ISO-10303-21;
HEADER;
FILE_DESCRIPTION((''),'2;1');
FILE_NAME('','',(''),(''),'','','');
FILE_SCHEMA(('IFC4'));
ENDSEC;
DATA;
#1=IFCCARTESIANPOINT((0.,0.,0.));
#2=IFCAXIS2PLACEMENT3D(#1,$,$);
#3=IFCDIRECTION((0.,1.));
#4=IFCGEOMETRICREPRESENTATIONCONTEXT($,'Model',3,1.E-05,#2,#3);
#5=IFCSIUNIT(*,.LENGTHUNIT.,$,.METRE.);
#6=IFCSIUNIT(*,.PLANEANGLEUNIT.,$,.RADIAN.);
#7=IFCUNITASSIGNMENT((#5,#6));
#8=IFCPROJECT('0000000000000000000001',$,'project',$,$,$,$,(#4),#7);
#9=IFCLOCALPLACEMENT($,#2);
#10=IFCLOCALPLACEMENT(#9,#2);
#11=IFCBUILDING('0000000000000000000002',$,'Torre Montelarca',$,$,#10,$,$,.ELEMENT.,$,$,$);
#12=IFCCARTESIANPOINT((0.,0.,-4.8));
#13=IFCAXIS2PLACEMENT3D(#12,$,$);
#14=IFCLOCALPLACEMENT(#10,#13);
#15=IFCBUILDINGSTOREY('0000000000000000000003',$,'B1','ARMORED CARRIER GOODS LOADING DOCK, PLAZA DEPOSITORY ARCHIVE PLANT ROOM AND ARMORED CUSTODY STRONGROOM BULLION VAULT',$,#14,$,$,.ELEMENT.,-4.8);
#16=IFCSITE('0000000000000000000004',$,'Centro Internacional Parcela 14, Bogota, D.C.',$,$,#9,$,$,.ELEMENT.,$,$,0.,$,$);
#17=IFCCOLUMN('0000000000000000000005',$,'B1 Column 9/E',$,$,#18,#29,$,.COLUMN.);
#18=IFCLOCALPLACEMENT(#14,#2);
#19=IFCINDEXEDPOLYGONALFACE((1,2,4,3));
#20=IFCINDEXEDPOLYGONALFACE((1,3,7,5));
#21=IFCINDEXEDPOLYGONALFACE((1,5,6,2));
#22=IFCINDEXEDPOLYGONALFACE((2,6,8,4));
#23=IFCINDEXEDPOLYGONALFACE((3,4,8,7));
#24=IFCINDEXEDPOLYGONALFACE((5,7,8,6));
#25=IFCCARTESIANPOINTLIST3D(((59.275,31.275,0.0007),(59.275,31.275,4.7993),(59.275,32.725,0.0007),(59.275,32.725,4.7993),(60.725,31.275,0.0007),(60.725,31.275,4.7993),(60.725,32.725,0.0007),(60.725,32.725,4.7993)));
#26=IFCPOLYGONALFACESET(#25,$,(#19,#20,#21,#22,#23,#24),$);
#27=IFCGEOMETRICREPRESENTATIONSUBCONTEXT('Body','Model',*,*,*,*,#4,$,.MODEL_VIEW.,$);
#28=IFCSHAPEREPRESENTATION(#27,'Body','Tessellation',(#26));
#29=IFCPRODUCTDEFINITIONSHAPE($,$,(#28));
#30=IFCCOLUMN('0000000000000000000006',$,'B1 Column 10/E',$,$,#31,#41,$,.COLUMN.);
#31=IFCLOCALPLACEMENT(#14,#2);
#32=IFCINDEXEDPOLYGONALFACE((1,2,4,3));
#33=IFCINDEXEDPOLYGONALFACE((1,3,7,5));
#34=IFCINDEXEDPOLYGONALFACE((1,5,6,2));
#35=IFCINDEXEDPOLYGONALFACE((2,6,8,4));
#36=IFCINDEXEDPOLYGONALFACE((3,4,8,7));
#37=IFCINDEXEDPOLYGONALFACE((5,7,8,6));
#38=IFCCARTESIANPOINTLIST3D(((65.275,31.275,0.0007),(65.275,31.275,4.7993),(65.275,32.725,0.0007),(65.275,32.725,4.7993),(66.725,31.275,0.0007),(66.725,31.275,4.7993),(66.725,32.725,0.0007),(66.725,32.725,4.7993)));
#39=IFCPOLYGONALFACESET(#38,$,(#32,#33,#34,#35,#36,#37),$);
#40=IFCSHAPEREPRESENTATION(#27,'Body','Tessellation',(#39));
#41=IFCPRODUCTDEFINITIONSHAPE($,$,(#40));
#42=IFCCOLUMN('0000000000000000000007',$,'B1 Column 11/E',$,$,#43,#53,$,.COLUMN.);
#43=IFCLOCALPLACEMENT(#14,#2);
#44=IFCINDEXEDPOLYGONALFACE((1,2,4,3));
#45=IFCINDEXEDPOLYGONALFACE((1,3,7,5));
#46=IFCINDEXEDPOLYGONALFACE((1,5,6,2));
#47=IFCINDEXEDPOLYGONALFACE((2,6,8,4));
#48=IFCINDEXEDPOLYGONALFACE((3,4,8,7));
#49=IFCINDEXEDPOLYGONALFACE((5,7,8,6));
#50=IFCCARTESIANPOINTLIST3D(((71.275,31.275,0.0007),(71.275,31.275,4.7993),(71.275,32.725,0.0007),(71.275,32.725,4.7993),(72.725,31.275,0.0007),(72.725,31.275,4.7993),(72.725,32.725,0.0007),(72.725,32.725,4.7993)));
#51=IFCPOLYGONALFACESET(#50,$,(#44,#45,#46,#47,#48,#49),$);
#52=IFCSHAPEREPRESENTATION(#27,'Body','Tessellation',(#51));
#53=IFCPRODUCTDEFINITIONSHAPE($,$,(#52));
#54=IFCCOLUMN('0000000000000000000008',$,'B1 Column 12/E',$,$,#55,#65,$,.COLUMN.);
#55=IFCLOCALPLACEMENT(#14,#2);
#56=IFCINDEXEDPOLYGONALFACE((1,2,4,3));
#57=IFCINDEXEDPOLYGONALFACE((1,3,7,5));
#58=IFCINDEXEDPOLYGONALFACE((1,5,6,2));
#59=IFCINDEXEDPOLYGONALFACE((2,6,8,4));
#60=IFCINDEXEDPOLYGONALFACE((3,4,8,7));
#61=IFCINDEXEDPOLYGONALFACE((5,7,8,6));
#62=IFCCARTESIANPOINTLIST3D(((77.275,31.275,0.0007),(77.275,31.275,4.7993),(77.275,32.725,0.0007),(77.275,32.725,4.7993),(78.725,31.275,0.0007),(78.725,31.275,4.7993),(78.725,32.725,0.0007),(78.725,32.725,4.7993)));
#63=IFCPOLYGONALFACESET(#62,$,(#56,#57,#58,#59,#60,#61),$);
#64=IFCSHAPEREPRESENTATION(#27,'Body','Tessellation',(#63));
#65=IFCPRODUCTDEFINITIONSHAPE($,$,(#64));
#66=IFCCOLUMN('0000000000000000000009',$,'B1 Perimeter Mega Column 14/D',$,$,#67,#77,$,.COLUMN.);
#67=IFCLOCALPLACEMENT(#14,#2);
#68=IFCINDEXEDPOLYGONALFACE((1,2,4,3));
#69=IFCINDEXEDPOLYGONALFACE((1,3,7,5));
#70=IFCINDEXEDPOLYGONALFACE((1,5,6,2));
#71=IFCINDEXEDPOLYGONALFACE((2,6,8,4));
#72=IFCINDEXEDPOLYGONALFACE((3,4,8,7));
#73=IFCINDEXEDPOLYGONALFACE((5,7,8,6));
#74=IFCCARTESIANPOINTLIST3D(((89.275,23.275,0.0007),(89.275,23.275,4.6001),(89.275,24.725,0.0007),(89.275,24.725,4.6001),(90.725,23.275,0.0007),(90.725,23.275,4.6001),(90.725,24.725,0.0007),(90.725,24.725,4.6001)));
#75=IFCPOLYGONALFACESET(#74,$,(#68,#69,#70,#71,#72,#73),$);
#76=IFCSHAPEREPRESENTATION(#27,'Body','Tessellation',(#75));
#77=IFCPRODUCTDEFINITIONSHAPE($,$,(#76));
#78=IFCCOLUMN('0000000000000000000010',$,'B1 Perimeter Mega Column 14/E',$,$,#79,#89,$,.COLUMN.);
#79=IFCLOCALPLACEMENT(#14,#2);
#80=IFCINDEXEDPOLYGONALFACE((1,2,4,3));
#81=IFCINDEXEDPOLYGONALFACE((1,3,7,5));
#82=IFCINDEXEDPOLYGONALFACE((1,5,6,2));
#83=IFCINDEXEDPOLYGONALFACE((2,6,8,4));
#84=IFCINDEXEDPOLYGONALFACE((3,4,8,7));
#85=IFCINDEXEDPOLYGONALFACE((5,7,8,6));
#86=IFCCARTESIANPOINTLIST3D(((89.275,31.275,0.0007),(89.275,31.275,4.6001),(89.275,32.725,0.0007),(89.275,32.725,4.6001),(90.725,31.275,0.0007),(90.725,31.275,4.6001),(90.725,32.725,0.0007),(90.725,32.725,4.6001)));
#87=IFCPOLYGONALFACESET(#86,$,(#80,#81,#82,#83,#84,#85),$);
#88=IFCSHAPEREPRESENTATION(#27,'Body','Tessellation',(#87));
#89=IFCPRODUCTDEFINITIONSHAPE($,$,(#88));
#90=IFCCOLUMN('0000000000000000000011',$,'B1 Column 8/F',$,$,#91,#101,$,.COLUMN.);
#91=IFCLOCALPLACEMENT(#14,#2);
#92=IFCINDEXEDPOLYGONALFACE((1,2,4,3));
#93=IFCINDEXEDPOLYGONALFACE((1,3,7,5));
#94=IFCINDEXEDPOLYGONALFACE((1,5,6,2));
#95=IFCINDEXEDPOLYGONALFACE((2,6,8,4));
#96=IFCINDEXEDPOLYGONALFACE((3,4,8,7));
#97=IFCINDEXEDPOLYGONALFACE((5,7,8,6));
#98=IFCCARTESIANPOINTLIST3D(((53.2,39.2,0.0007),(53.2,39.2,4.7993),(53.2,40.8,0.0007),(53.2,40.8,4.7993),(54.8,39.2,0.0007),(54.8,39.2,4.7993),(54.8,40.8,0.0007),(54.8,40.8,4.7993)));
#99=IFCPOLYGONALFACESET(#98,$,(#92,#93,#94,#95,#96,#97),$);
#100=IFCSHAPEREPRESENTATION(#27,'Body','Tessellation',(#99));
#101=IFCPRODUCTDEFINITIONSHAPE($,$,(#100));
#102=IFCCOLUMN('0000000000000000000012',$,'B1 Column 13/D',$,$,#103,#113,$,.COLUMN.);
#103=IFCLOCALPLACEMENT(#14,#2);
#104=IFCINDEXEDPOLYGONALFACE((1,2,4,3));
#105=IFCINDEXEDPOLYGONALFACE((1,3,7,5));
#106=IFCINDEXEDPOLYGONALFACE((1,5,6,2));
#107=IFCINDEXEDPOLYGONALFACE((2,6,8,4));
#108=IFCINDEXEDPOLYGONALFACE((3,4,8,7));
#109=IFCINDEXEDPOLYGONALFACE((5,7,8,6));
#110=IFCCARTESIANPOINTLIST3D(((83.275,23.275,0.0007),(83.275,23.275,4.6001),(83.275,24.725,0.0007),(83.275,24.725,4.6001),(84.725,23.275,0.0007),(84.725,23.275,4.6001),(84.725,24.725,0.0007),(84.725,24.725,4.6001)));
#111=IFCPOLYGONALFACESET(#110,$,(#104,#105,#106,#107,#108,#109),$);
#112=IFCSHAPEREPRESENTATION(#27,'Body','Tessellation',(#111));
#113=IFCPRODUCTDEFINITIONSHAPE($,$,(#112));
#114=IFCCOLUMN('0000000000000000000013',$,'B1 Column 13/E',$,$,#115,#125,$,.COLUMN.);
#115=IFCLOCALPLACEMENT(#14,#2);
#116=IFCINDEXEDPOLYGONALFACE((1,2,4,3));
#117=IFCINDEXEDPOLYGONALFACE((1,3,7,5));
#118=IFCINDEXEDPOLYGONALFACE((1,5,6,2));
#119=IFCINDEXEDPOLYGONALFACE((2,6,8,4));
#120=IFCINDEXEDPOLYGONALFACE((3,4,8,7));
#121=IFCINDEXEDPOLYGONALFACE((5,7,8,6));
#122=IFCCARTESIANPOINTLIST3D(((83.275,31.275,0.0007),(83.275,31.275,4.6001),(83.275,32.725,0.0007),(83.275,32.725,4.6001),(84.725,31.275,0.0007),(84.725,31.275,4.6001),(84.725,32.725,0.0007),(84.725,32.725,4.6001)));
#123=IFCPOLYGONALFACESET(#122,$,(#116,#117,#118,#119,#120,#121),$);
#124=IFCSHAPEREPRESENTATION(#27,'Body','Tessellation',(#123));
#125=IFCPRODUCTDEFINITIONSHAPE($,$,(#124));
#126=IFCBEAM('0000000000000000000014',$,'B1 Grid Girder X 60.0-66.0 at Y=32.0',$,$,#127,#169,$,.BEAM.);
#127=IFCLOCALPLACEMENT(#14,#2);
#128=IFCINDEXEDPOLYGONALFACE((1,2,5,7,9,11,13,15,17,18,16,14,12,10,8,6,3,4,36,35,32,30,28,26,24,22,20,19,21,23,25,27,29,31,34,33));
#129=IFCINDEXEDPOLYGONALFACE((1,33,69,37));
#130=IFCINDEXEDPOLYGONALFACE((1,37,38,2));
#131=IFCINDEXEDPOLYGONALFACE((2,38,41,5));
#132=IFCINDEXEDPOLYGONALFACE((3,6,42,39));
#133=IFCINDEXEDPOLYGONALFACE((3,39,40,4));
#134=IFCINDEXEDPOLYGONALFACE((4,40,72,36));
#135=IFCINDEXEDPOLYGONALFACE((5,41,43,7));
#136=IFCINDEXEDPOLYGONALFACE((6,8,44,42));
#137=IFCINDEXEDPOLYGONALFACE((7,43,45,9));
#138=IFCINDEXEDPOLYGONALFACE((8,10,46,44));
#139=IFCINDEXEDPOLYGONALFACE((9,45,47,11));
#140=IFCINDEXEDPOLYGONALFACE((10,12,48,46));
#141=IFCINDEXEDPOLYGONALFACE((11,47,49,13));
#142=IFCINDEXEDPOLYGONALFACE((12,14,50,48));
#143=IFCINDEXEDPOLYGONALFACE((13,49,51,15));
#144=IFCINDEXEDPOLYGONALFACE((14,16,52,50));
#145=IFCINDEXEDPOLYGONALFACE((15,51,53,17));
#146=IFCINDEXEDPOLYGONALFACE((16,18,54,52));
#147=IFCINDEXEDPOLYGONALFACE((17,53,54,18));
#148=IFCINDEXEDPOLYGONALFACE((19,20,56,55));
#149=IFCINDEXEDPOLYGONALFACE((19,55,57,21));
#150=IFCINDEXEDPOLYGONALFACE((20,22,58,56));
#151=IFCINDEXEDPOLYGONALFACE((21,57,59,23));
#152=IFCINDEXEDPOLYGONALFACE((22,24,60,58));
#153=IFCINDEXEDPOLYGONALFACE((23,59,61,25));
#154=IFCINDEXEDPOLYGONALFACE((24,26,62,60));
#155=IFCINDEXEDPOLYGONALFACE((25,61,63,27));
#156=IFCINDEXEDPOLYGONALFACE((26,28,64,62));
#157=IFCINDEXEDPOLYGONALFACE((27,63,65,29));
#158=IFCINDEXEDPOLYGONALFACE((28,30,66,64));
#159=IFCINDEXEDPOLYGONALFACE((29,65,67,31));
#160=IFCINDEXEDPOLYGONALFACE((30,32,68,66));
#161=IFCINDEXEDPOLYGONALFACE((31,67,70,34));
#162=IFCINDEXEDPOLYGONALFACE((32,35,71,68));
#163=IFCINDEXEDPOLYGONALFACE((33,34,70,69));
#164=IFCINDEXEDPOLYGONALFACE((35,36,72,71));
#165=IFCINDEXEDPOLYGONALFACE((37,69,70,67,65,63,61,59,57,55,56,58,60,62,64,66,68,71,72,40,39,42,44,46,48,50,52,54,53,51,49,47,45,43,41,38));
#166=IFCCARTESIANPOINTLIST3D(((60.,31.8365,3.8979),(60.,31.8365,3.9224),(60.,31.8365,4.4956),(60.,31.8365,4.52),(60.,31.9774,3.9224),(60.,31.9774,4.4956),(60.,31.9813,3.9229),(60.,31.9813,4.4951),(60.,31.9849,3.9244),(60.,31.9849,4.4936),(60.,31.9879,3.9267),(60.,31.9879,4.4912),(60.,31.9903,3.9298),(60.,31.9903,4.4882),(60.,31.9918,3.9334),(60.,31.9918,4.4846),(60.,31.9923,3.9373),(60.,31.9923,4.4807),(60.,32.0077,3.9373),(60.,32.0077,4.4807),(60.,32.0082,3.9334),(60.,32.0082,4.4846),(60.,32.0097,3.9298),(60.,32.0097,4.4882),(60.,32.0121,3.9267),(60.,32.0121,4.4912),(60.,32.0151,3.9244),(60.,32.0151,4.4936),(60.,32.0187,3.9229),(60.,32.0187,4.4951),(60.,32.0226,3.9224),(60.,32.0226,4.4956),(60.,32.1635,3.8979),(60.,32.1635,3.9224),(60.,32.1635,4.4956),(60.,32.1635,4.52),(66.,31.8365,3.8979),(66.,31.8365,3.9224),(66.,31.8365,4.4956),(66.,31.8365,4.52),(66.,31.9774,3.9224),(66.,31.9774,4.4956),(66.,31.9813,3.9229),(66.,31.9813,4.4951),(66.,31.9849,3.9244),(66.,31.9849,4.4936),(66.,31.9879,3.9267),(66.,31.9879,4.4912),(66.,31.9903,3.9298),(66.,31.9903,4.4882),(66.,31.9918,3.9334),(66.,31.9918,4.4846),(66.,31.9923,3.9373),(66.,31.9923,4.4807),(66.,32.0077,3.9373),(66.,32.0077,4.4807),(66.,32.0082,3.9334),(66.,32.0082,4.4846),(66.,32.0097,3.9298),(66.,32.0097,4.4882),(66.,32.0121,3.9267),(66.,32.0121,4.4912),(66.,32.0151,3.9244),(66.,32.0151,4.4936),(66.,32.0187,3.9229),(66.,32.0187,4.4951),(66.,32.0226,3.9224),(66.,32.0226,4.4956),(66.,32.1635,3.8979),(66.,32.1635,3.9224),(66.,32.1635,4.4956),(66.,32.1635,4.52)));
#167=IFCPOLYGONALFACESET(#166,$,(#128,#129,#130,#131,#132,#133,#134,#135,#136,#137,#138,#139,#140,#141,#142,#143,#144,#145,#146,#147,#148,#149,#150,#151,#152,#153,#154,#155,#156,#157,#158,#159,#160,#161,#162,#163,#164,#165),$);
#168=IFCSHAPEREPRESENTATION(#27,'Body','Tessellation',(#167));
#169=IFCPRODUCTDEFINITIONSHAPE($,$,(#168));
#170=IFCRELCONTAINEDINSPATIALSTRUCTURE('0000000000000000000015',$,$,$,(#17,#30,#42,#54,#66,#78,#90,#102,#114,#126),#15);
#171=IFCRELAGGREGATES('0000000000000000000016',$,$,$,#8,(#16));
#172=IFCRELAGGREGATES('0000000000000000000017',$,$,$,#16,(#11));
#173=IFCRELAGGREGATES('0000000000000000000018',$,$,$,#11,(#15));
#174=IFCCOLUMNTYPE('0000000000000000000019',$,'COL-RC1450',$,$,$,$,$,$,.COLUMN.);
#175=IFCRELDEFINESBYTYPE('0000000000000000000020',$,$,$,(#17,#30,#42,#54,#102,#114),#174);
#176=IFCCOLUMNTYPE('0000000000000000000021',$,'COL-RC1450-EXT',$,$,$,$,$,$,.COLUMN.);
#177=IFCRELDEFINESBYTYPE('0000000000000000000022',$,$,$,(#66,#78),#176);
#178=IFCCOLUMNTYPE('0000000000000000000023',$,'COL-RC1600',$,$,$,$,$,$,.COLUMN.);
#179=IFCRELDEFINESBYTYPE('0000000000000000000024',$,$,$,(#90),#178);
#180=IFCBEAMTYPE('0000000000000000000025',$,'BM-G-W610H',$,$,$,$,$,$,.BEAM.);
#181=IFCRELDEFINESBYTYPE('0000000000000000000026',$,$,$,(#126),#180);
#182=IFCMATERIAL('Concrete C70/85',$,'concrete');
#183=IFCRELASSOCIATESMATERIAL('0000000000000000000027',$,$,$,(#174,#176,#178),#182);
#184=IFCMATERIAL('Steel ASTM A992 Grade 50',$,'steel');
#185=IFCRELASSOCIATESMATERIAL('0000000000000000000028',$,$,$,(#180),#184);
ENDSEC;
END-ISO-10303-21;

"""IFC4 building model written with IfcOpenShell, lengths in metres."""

from ifc_helpers import new_model, si_unit, direction, frame, origin, origin_2d, place, context, subcontext, project, spatial, rectangle, i_section, extrude, source, transform, mapped, material, material_profile, profile_set, type_object, element, save


model = new_model("IFC4")

# Units and contexts
model_context = context("Model", 3, precision=1e-05, world=origin(), true_north=direction((0.0, 1.0)))
body_context = subcontext(model_context, "Body", "Model", "MODEL_VIEW")
ifc_project = project(units=[si_unit("LENGTHUNIT", "METRE"), si_unit("PLANEANGLEUNIT", "RADIAN")], contexts=[model_context])

# Site, building, storey
site_placement = place(None, origin())
site = spatial("IfcSite", under=ifc_project, at=site_placement, Name="Centro Internacional Parcela 14, Bogota, D.C.", CompositionType="ELEMENT", RefElevation=0.0)
building_placement = place(site_placement, origin())
building = spatial("IfcBuilding", under=site, at=building_placement, Name="Torre Montelarca", CompositionType="ELEMENT")
storey_placement = place(building_placement, frame((0.0, 0.0, -4.8)))
storey = spatial("IfcBuildingStorey", under=building, at=storey_placement, Name="B1", Description="ARMORED CARRIER GOODS LOADING DOCK, PLAZA DEPOSITORY ARCHIVE PLANT ROOM AND ARMORED CUSTODY STRONGROOM BULLION VAULT", CompositionType="ELEMENT", Elevation=-4.8)

# Columns
ifc_material_1 = material(Name="Concrete C70/85", Category="concrete")
ifc_material_profile_1 = material_profile(ifc_material_1, rectangle(XDim=1.45, YDim=1.45, at=origin_2d()), Name="RC1450X1450", Category="concrete")
ifc_profile_set_1 = profile_set([ifc_material_profile_1], Name="Concrete C70/85")
column_type_1 = type_object("IfcColumnType", Name="COL-RC1450", PredefinedType="COLUMN", material=ifc_profile_set_1)
shared_shape_1 = source(origin(), body_context, "Body", "SweptSolid", [
    extrude(rectangle(XDim=1.45, YDim=1.45, at=origin_2d()), origin(), (0.0, 0.0, 1.0), 4.7986),
])
for number, where, z_axis, x_axis, name in (
    (1, (60.0, 32.0, 0.0007), (0.0, 0.0, 1.0), (1.0, 0.0, 0.0), "B1 Column 9/E"),
    (2, (66.0, 32.0, 0.0007), (0.0, 0.0, 1.0), (1.0, 0.0, 0.0), "B1 Column 10/E"),
    (3, (72.0, 32.0, 0.0007), (0.0, 0.0, 1.0), (1.0, 0.0, 0.0), "B1 Column 11/E"),
    (4, (78.0, 32.0, 0.0007), (0.0, 0.0, 1.0), (1.0, 0.0, 0.0), "B1 Column 12/E"),
):
    element("IfcColumn", number, at=place(storey_placement, frame(where, z_axis=z_axis, x_axis=x_axis)), inside=storey, type_object=column_type_1, Name=name, PredefinedType="COLUMN", context=body_context, shape_type="MappedRepresentation", body=[
        mapped(shared_shape_1, transform((0.0, 0.0, 0.0), scale=1.0)),
    ])
ifc_material_profile_2 = material_profile(ifc_material_1, rectangle(XDim=1.45, YDim=1.45, at=origin_2d()), Name="RC1450X1450", Category="concrete")
ifc_profile_set_2 = profile_set([ifc_material_profile_2], Name="Concrete C70/85")
column_type_2 = type_object("IfcColumnType", Name="COL-RC1450-EXT", PredefinedType="COLUMN", material=ifc_profile_set_2)
shared_shape_2 = source(origin(), body_context, "Body", "SweptSolid", [
    extrude(rectangle(XDim=1.45, YDim=1.45, at=origin_2d()), origin(), (0.0, 0.0, 1.0), 4.5994),
])
for number, where, z_axis, x_axis, name in (
    (5, (90.0, 24.0, 0.0007), (0.0, 0.0, 1.0), (1.0, 0.0, 0.0), "B1 Perimeter Mega Column 14/D"),
    (6, (90.0, 32.0, 0.0007), (0.0, 0.0, 1.0), (1.0, 0.0, 0.0), "B1 Perimeter Mega Column 14/E"),
):
    element("IfcColumn", number, at=place(storey_placement, frame(where, z_axis=z_axis, x_axis=x_axis)), inside=storey, type_object=column_type_2, Name=name, PredefinedType="COLUMN", context=body_context, shape_type="MappedRepresentation", body=[
        mapped(shared_shape_2, transform((0.0, 0.0, 0.0), scale=1.0)),
    ])
ifc_material_profile_3 = material_profile(ifc_material_1, rectangle(XDim=1.6001, YDim=1.6001, at=origin_2d()), Name="RC1600X1600", Category="concrete")
ifc_profile_set_3 = profile_set([ifc_material_profile_3], Name="Concrete C70/85")
column_type_3 = type_object("IfcColumnType", Name="COL-RC1600", PredefinedType="COLUMN", material=ifc_profile_set_3)
shared_shape_3 = source(origin(), body_context, "Body", "SweptSolid", [
    extrude(rectangle(XDim=1.6001, YDim=1.6001, at=origin_2d()), origin(), (0.0, 0.0, 1.0), 4.7986),
])
column_placement = place(storey_placement, frame((54.0, 40.0, 0.0007), z_axis=(0.0, 0.0, 1.0), x_axis=(1.0, 0.0, 0.0)))
element("IfcColumn", 7, at=column_placement, inside=storey, type_object=column_type_3, Name="B1 Column 8/F", PredefinedType="COLUMN", context=body_context, shape_type="MappedRepresentation", body=[
    mapped(shared_shape_3, transform((0.0, 0.0, 0.0), scale=1.0)),
])
shared_shape_4 = source(origin(), body_context, "Body", "SweptSolid", [
    extrude(rectangle(XDim=1.45, YDim=1.45, at=origin_2d()), origin(), (0.0, 0.0, 1.0), 4.5994),
])
for number, where, z_axis, x_axis, name in (
    (8, (84.0, 24.0, 0.0007), (0.0, 0.0, 1.0), (1.0, 0.0, 0.0), "B1 Column 13/D"),
    (9, (84.0, 32.0, 0.0007), (0.0, 0.0, 1.0), (1.0, 0.0, 0.0), "B1 Column 13/E"),
):
    element("IfcColumn", number, at=place(storey_placement, frame(where, z_axis=z_axis, x_axis=x_axis)), inside=storey, type_object=column_type_1, Name=name, PredefinedType="COLUMN", context=body_context, shape_type="MappedRepresentation", body=[
        mapped(shared_shape_4, transform((0.0, 0.0, 0.0), scale=1.0)),
    ])

# Beam
ifc_material_2 = material(Name="Steel ASTM A992 Grade 50", Category="steel")
ifc_material_profile_4 = material_profile(ifc_material_2, i_section(OverallWidth=0.3269, OverallDepth=0.6221, WebThickness=0.0154, FlangeThickness=0.0244, FilletRadius=0.0149, at=origin_2d()), Name="W610X195", Category="steel")
ifc_profile_set_4 = profile_set([ifc_material_profile_4], Name="Steel ASTM A992 Grade 50")
beam_type_1 = type_object("IfcBeamType", Name="BM-G-W610H", PredefinedType="BEAM", material=ifc_profile_set_4)
shared_shape_5 = source(origin(), body_context, "Body", "SweptSolid", [
    extrude(i_section(OverallWidth=0.3269, OverallDepth=0.6221, WebThickness=0.0154, FlangeThickness=0.0244, FilletRadius=0.0149, at=origin_2d()), origin(), (0.0, 0.0, 1.0), 6.0),
])
for number, where, z_axis, x_axis, name in (
    (10, (60.0, 32.0, 4.209), (1.0, 0.0, 0.0), (0.0, 1.0, 0.0), "B1 Grid Girder X 60.0-66.0 at Y=32.0"),
):
    element("IfcBeam", number, at=place(storey_placement, frame(where, z_axis=z_axis, x_axis=x_axis)), inside=storey, type_object=beam_type_1, Name=name, PredefinedType="BEAM", context=body_context, shape_type="MappedRepresentation", body=[
        mapped(shared_shape_5, transform((0.0, 0.0, 0.0), scale=1.0)),
    ])

save(model, "model.ifc")
